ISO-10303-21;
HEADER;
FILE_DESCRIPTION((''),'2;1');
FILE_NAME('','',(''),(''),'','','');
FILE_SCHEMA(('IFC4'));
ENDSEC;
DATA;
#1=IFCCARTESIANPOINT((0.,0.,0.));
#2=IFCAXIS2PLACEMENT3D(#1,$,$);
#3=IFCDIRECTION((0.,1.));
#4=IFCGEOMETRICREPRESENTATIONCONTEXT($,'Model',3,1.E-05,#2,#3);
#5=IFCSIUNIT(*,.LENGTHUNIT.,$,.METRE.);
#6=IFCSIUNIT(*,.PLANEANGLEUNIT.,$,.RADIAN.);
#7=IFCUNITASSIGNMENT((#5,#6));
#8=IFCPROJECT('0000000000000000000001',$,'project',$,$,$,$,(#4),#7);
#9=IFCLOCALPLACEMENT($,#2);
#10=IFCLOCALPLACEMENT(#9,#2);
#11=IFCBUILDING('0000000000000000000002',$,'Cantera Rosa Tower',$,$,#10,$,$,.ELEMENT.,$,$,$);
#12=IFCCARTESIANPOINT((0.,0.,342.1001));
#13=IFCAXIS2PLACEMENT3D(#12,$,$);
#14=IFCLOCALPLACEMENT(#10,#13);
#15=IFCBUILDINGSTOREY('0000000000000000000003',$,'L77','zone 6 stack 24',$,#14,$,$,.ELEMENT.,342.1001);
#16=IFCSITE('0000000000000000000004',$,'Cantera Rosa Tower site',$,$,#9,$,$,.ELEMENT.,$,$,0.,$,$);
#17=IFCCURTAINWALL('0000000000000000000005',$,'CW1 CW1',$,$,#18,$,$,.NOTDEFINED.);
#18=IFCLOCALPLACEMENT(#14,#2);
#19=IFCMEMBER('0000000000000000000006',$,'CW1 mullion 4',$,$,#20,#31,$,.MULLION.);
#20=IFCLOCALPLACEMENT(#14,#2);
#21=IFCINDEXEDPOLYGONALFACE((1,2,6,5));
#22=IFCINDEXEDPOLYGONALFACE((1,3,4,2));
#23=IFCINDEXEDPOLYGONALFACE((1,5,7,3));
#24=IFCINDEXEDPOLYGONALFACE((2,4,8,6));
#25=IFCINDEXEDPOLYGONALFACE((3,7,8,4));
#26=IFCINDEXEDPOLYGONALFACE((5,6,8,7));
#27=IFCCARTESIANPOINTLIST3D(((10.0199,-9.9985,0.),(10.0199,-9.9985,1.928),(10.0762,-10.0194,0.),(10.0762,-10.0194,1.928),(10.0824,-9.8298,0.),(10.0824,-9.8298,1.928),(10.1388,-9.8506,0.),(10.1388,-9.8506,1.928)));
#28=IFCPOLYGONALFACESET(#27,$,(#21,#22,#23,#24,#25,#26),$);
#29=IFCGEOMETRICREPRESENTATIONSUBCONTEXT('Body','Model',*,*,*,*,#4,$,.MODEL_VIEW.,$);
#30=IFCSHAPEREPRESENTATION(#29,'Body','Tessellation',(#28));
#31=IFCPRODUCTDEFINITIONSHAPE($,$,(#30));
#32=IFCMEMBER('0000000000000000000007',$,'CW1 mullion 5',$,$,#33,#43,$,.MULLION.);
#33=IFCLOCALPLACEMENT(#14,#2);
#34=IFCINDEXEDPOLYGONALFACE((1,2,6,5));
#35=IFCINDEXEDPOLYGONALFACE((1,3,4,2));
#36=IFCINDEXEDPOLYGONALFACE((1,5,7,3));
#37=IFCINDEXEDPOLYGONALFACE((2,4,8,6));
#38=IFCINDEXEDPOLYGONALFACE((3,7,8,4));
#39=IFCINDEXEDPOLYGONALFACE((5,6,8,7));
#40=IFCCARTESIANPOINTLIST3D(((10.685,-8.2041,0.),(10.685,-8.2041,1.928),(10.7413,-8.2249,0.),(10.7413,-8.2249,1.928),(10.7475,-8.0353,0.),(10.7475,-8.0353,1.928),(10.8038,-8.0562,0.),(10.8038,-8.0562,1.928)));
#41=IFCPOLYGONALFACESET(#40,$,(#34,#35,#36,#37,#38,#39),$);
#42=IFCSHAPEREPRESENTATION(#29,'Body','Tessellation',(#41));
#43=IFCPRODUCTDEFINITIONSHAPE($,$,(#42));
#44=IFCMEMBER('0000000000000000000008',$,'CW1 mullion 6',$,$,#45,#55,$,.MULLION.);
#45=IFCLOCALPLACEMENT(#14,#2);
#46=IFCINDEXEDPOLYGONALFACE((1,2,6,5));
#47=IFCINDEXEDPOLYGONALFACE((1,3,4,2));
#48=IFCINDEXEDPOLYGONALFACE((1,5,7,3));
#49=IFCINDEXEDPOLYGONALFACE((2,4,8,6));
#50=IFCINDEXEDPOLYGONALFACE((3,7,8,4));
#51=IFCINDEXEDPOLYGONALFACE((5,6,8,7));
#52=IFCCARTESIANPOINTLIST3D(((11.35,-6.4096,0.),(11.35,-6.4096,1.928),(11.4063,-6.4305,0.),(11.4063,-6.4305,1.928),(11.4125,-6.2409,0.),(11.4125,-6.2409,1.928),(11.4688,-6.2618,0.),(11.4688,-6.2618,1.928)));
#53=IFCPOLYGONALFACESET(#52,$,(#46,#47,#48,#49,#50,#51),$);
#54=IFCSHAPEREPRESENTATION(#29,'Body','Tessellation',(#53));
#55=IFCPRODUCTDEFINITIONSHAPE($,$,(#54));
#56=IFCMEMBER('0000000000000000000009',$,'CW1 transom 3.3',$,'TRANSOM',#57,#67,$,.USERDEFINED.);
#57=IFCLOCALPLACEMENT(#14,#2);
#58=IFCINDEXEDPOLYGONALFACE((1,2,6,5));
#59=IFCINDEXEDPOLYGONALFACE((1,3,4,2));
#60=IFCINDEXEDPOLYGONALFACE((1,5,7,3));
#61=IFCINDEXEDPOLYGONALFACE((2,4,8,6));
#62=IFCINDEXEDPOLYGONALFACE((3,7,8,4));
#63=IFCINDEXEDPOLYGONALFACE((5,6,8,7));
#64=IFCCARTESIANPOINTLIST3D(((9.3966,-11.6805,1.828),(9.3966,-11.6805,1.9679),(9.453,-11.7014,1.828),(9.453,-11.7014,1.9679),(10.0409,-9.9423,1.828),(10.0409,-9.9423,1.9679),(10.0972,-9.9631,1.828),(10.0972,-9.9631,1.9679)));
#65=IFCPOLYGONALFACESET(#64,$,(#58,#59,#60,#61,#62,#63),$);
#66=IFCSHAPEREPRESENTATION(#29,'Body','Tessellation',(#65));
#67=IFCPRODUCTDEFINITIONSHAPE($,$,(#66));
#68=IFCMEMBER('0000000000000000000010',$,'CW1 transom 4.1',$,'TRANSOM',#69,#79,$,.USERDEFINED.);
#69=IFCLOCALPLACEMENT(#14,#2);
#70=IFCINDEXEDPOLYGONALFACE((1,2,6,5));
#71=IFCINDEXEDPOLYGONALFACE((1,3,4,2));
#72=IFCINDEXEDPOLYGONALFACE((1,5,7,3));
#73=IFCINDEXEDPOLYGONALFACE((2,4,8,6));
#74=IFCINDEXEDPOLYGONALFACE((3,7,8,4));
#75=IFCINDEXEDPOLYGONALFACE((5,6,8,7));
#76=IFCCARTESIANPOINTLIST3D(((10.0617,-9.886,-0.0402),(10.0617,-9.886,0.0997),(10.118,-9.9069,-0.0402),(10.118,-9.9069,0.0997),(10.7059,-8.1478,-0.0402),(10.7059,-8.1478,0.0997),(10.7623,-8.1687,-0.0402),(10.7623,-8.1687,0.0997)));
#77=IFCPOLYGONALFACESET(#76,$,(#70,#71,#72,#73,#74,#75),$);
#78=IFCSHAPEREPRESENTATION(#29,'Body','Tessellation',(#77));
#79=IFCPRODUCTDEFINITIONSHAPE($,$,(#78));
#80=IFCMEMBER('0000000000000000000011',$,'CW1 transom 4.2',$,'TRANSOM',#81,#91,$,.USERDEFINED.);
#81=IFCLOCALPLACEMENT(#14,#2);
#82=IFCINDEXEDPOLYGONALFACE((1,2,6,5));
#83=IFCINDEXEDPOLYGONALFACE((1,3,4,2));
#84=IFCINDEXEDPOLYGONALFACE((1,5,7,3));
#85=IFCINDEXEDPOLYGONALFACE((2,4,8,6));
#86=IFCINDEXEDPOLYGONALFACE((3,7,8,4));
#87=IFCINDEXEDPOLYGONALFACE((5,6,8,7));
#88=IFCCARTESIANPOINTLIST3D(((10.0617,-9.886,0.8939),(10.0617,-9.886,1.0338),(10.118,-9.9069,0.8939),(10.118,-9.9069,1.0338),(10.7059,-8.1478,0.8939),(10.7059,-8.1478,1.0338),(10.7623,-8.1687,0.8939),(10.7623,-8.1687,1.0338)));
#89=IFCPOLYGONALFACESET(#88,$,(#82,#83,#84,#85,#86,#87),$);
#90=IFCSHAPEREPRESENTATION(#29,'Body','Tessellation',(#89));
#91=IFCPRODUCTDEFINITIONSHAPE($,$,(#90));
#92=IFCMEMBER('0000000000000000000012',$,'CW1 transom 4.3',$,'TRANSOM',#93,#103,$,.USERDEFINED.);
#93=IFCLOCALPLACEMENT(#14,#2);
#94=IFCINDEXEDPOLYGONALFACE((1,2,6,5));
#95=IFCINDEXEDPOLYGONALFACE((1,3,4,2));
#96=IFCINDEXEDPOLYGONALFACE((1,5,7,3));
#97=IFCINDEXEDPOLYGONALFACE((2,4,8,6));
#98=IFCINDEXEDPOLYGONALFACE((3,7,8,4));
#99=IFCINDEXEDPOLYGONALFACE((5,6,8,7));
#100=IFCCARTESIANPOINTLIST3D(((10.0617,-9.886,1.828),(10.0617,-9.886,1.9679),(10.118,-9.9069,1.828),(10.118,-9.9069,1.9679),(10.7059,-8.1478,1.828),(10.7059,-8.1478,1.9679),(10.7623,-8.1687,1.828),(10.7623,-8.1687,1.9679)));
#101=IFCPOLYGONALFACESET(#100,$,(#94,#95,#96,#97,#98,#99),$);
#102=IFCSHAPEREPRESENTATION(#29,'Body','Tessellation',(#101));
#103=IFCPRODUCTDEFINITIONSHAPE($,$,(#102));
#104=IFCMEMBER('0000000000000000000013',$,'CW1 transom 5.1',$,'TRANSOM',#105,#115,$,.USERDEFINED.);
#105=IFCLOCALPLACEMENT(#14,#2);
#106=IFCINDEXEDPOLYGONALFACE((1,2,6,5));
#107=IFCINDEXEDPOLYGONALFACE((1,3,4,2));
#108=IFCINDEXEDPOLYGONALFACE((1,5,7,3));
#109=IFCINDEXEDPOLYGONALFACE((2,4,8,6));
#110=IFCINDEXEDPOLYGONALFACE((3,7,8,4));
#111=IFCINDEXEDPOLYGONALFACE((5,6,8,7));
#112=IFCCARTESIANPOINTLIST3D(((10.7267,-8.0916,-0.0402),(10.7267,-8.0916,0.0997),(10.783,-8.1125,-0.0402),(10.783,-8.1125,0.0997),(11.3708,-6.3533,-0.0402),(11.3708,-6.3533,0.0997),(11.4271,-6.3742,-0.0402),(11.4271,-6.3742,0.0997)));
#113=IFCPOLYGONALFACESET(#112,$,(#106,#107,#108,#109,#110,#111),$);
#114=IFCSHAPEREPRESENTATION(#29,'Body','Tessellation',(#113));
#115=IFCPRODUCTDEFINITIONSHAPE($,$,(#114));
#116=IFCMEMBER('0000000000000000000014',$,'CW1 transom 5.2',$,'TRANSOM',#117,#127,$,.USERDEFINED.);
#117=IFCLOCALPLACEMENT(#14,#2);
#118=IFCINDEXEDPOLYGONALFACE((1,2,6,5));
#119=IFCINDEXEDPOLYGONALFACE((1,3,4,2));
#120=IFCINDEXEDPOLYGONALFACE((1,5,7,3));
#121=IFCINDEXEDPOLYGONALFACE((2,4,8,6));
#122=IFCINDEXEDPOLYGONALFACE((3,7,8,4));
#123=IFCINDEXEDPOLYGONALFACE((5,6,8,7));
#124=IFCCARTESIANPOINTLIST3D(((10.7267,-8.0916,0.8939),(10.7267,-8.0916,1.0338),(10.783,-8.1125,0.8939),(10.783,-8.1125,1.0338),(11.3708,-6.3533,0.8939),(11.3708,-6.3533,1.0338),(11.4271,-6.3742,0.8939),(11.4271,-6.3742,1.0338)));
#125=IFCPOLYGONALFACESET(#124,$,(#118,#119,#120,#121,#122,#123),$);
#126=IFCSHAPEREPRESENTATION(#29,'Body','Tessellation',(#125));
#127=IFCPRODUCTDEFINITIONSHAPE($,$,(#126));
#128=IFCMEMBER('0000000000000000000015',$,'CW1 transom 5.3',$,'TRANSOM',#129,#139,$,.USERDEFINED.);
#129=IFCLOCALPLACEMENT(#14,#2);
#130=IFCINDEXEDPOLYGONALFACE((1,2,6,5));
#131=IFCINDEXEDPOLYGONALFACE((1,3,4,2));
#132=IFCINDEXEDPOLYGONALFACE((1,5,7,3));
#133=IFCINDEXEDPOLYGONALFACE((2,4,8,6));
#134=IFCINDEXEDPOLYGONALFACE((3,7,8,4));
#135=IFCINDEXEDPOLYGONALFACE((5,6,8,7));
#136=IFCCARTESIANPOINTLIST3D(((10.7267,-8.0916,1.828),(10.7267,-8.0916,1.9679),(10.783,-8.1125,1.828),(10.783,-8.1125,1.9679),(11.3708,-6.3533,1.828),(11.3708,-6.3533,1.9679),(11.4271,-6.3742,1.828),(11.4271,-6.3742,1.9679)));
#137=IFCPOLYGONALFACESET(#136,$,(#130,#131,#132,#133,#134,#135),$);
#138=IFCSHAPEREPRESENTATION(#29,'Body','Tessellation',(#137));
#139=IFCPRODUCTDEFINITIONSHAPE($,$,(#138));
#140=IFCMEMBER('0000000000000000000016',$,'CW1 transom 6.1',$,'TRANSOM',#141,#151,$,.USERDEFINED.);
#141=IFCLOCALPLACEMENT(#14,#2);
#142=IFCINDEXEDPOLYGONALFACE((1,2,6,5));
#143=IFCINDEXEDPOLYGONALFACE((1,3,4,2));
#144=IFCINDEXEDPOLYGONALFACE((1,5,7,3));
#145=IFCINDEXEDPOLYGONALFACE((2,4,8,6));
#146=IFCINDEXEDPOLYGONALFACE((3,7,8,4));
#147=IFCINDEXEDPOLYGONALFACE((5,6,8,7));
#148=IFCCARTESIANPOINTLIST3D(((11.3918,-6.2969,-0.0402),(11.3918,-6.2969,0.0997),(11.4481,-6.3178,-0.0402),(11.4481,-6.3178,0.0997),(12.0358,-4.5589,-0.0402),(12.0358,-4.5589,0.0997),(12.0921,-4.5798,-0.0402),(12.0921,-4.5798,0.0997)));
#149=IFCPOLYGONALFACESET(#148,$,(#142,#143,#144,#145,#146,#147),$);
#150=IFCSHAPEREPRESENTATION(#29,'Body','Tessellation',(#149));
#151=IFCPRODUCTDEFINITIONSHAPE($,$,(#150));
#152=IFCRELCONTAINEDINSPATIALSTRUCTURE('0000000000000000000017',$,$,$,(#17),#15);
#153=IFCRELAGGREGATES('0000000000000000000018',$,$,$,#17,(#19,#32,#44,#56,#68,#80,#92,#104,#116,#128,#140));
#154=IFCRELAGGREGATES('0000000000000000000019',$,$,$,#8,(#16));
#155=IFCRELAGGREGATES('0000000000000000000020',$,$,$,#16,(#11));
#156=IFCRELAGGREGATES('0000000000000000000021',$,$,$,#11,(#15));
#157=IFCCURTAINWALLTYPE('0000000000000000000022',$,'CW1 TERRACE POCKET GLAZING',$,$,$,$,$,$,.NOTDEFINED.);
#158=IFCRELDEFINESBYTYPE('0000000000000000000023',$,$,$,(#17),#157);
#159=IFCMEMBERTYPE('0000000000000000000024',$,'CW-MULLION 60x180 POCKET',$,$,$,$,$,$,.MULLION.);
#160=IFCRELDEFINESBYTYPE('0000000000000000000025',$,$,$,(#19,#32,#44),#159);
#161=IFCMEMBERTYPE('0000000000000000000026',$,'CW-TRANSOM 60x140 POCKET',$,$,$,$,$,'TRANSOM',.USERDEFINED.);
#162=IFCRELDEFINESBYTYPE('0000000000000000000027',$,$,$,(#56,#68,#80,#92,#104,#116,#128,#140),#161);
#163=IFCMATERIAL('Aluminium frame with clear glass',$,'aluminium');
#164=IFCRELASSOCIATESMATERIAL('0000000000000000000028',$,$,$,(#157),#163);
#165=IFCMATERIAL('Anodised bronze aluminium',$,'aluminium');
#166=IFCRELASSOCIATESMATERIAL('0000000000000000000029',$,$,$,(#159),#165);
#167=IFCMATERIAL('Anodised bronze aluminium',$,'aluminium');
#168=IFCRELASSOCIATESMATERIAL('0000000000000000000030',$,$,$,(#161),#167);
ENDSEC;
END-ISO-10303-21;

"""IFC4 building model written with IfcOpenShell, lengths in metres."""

from ifc_helpers import new_model, si_unit, direction, frame, origin, origin_2d, place, context, subcontext, project, spatial, rectangle, extrude, material, material_profile, profile_set, type_object, element, aggregate, save


model = new_model("IFC4")

# Units and contexts
model_context = context("Model", 3, precision=1e-05, world=origin(), true_north=direction((0.0, 1.0)))
body_context = subcontext(model_context, "Body", "Model", "MODEL_VIEW")
ifc_project = project(units=[si_unit("LENGTHUNIT", "METRE"), si_unit("PLANEANGLEUNIT", "RADIAN")], contexts=[model_context])

# Site, building, storey
site_placement = place(None, origin())
site = spatial("IfcSite", under=ifc_project, at=site_placement, Name="Cantera Rosa Tower site", CompositionType="ELEMENT", RefElevation=0.0)
building_placement = place(site_placement, origin())
building = spatial("IfcBuilding", under=site, at=building_placement, Name="Cantera Rosa Tower", CompositionType="ELEMENT")
storey_placement = place(building_placement, frame((0.0, 0.0, 342.1001)))
storey = spatial("IfcBuildingStorey", under=building, at=storey_placement, Name="L77", Description="zone 6 stack 24", CompositionType="ELEMENT", Elevation=342.1001)

# Curtain wall, members
ifc_material_1 = material(Name="Aluminium frame with clear glass", Category="aluminium")
curtain_wall_type = type_object("IfcCurtainWallType", Name="CW1 TERRACE POCKET GLAZING", PredefinedType="NOTDEFINED", material=ifc_material_1)
curtain_wall_placement = place(storey_placement, origin())
curtain_wall = element("IfcCurtainWall", 1, at=curtain_wall_placement, inside=storey, type_object=curtain_wall_type, Name="CW1 CW1", PredefinedType="NOTDEFINED")
ifc_material_2 = material(Name="Anodised bronze aluminium", Category="aluminium")
ifc_material_profile_1 = material_profile(ifc_material_2, rectangle(XDim=0.0601, YDim=0.1799, at=origin_2d()), Name="CW-MULLION 60x180 POCKET")
ifc_profile_set_1 = profile_set([ifc_material_profile_1], Name="Anodised bronze aluminium")
member_type_1 = type_object("IfcMemberType", Name="CW-MULLION 60x180 POCKET", PredefinedType="MULLION", material=ifc_profile_set_1)
member_1_placement = place(storey_placement, frame((10.0793, -9.9246, 0.0), z_axis=(0.0, 0.0, 1.0), x_axis=(-0.937687, 0.347481, 0.0)))
member_1 = element("IfcMember", 2, at=member_1_placement, type_object=member_type_1, Name="CW1 mullion 4", PredefinedType="MULLION", context=body_context, shape_type="SweptSolid", body=[
    extrude(rectangle(XDim=0.0601, YDim=0.1799, at=origin_2d()), origin(), (0.0, 0.0, 1.0), 1.928),
])
member_2_placement = place(storey_placement, frame((10.7444, -8.1301, 0.0), z_axis=(0.0, 0.0, 1.0), x_axis=(-0.937687, 0.347481, 0.0)))
member_2 = element("IfcMember", 3, at=member_2_placement, type_object=member_type_1, Name="CW1 mullion 5", PredefinedType="MULLION", context=body_context, shape_type="SweptSolid", body=[
    extrude(rectangle(XDim=0.0601, YDim=0.1799, at=origin_2d()), origin(), (0.0, 0.0, 1.0), 1.928),
])
member_3_placement = place(storey_placement, frame((11.4094, -6.3357, 0.0), z_axis=(0.0, 0.0, 1.0), x_axis=(-0.937687, 0.347481, 0.0)))
member_3 = element("IfcMember", 4, at=member_3_placement, type_object=member_type_1, Name="CW1 mullion 6", PredefinedType="MULLION", context=body_context, shape_type="SweptSolid", body=[
    extrude(rectangle(XDim=0.0601, YDim=0.1799, at=origin_2d()), origin(), (0.0, 0.0, 1.0), 1.928),
])
ifc_material_3 = material(Name="Anodised bronze aluminium", Category="aluminium")
ifc_material_profile_2 = material_profile(ifc_material_3, rectangle(XDim=0.0601, YDim=0.1399, at=origin_2d()), Name="CW-TRANSOM 60x140 POCKET")
ifc_profile_set_2 = profile_set([ifc_material_profile_2], Name="Anodised bronze aluminium")
member_type_2 = type_object("IfcMemberType", Name="CW-TRANSOM 60x140 POCKET", ElementType="TRANSOM", PredefinedType="USERDEFINED", material=ifc_profile_set_2)
member_4_placement = place(storey_placement, frame((9.4248, -11.6909, 1.8979), z_axis=(0.347542, 0.937665, 0.0), x_axis=(-0.937665, 0.347542, 0.0)))
member_4 = element("IfcMember", 5, at=member_4_placement, type_object=member_type_2, Name="CW1 transom 3.3", ObjectType="TRANSOM", PredefinedType="USERDEFINED", context=body_context, shape_type="SweptSolid", body=[
    extrude(rectangle(XDim=0.0601, YDim=0.1399, at=origin_2d()), origin(), (0.0, 0.0, 1.0), 1.8538),
])
member_5_placement = place(storey_placement, frame((10.0898, -9.8965, 0.0298), z_axis=(0.347542, 0.937665, 0.0), x_axis=(-0.937665, 0.347542, 0.0)))
member_5 = element("IfcMember", 6, at=member_5_placement, type_object=member_type_2, Name="CW1 transom 4.1", ObjectType="TRANSOM", PredefinedType="USERDEFINED", context=body_context, shape_type="SweptSolid", body=[
    extrude(rectangle(XDim=0.0601, YDim=0.1399, at=origin_2d()), origin(), (0.0, 0.0, 1.0), 1.8538),
])
member_6_placement = place(storey_placement, frame((10.0898, -9.8965, 0.9639), z_axis=(0.347542, 0.937665, 0.0), x_axis=(-0.937665, 0.347542, 0.0)))
member_6 = element("IfcMember", 7, at=member_6_placement, type_object=member_type_2, Name="CW1 transom 4.2", ObjectType="TRANSOM", PredefinedType="USERDEFINED", context=body_context, shape_type="SweptSolid", body=[
    extrude(rectangle(XDim=0.0601, YDim=0.1399, at=origin_2d()), origin(), (0.0, 0.0, 1.0), 1.8538),
])
member_7_placement = place(storey_placement, frame((10.0898, -9.8965, 1.8979), z_axis=(0.347542, 0.937665, 0.0), x_axis=(-0.937665, 0.347542, 0.0)))
member_7 = element("IfcMember", 8, at=member_7_placement, type_object=member_type_2, Name="CW1 transom 4.3", ObjectType="TRANSOM", PredefinedType="USERDEFINED", context=body_context, shape_type="SweptSolid", body=[
    extrude(rectangle(XDim=0.0601, YDim=0.1399, at=origin_2d()), origin(), (0.0, 0.0, 1.0), 1.8538),
])
member_8_placement = place(storey_placement, frame((10.7549, -8.1021, 0.0298), z_axis=(0.347426, 0.937707, 0.0), x_axis=(-0.937707, 0.347426, 0.0)))
member_8 = element("IfcMember", 9, at=member_8_placement, type_object=member_type_2, Name="CW1 transom 5.1", ObjectType="TRANSOM", PredefinedType="USERDEFINED", context=body_context, shape_type="SweptSolid", body=[
    extrude(rectangle(XDim=0.0601, YDim=0.1399, at=origin_2d()), origin(), (0.0, 0.0, 1.0), 1.8538),
])
member_9_placement = place(storey_placement, frame((10.7549, -8.1021, 0.9639), z_axis=(0.347426, 0.937707, 0.0), x_axis=(-0.937707, 0.347426, 0.0)))
member_9 = element("IfcMember", 10, at=member_9_placement, type_object=member_type_2, Name="CW1 transom 5.2", ObjectType="TRANSOM", PredefinedType="USERDEFINED", context=body_context, shape_type="SweptSolid", body=[
    extrude(rectangle(XDim=0.0601, YDim=0.1399, at=origin_2d()), origin(), (0.0, 0.0, 1.0), 1.8538),
])
member_10_placement = place(storey_placement, frame((10.7549, -8.1021, 1.8979), z_axis=(0.347426, 0.937707, 0.0), x_axis=(-0.937707, 0.347426, 0.0)))
member_10 = element("IfcMember", 11, at=member_10_placement, type_object=member_type_2, Name="CW1 transom 5.3", ObjectType="TRANSOM", PredefinedType="USERDEFINED", context=body_context, shape_type="SweptSolid", body=[
    extrude(rectangle(XDim=0.0601, YDim=0.1399, at=origin_2d()), origin(), (0.0, 0.0, 1.0), 1.8538),
])
member_11_placement = place(storey_placement, frame((11.4199, -6.3074, 0.0298), z_axis=(0.347469, 0.937692, 0.0), x_axis=(-0.937692, 0.347469, 0.0)))
member_11 = element("IfcMember", 12, at=member_11_placement, type_object=member_type_2, Name="CW1 transom 6.1", ObjectType="TRANSOM", PredefinedType="USERDEFINED", context=body_context, shape_type="SweptSolid", body=[
    extrude(rectangle(XDim=0.0601, YDim=0.1399, at=origin_2d()), origin(), (0.0, 0.0, 1.0), 1.8535),
])

aggregate(curtain_wall, [member_1, member_2, member_3, member_4, member_5, member_6, member_7, member_8, member_9, member_10, member_11])

save(model, "model.ifc")
